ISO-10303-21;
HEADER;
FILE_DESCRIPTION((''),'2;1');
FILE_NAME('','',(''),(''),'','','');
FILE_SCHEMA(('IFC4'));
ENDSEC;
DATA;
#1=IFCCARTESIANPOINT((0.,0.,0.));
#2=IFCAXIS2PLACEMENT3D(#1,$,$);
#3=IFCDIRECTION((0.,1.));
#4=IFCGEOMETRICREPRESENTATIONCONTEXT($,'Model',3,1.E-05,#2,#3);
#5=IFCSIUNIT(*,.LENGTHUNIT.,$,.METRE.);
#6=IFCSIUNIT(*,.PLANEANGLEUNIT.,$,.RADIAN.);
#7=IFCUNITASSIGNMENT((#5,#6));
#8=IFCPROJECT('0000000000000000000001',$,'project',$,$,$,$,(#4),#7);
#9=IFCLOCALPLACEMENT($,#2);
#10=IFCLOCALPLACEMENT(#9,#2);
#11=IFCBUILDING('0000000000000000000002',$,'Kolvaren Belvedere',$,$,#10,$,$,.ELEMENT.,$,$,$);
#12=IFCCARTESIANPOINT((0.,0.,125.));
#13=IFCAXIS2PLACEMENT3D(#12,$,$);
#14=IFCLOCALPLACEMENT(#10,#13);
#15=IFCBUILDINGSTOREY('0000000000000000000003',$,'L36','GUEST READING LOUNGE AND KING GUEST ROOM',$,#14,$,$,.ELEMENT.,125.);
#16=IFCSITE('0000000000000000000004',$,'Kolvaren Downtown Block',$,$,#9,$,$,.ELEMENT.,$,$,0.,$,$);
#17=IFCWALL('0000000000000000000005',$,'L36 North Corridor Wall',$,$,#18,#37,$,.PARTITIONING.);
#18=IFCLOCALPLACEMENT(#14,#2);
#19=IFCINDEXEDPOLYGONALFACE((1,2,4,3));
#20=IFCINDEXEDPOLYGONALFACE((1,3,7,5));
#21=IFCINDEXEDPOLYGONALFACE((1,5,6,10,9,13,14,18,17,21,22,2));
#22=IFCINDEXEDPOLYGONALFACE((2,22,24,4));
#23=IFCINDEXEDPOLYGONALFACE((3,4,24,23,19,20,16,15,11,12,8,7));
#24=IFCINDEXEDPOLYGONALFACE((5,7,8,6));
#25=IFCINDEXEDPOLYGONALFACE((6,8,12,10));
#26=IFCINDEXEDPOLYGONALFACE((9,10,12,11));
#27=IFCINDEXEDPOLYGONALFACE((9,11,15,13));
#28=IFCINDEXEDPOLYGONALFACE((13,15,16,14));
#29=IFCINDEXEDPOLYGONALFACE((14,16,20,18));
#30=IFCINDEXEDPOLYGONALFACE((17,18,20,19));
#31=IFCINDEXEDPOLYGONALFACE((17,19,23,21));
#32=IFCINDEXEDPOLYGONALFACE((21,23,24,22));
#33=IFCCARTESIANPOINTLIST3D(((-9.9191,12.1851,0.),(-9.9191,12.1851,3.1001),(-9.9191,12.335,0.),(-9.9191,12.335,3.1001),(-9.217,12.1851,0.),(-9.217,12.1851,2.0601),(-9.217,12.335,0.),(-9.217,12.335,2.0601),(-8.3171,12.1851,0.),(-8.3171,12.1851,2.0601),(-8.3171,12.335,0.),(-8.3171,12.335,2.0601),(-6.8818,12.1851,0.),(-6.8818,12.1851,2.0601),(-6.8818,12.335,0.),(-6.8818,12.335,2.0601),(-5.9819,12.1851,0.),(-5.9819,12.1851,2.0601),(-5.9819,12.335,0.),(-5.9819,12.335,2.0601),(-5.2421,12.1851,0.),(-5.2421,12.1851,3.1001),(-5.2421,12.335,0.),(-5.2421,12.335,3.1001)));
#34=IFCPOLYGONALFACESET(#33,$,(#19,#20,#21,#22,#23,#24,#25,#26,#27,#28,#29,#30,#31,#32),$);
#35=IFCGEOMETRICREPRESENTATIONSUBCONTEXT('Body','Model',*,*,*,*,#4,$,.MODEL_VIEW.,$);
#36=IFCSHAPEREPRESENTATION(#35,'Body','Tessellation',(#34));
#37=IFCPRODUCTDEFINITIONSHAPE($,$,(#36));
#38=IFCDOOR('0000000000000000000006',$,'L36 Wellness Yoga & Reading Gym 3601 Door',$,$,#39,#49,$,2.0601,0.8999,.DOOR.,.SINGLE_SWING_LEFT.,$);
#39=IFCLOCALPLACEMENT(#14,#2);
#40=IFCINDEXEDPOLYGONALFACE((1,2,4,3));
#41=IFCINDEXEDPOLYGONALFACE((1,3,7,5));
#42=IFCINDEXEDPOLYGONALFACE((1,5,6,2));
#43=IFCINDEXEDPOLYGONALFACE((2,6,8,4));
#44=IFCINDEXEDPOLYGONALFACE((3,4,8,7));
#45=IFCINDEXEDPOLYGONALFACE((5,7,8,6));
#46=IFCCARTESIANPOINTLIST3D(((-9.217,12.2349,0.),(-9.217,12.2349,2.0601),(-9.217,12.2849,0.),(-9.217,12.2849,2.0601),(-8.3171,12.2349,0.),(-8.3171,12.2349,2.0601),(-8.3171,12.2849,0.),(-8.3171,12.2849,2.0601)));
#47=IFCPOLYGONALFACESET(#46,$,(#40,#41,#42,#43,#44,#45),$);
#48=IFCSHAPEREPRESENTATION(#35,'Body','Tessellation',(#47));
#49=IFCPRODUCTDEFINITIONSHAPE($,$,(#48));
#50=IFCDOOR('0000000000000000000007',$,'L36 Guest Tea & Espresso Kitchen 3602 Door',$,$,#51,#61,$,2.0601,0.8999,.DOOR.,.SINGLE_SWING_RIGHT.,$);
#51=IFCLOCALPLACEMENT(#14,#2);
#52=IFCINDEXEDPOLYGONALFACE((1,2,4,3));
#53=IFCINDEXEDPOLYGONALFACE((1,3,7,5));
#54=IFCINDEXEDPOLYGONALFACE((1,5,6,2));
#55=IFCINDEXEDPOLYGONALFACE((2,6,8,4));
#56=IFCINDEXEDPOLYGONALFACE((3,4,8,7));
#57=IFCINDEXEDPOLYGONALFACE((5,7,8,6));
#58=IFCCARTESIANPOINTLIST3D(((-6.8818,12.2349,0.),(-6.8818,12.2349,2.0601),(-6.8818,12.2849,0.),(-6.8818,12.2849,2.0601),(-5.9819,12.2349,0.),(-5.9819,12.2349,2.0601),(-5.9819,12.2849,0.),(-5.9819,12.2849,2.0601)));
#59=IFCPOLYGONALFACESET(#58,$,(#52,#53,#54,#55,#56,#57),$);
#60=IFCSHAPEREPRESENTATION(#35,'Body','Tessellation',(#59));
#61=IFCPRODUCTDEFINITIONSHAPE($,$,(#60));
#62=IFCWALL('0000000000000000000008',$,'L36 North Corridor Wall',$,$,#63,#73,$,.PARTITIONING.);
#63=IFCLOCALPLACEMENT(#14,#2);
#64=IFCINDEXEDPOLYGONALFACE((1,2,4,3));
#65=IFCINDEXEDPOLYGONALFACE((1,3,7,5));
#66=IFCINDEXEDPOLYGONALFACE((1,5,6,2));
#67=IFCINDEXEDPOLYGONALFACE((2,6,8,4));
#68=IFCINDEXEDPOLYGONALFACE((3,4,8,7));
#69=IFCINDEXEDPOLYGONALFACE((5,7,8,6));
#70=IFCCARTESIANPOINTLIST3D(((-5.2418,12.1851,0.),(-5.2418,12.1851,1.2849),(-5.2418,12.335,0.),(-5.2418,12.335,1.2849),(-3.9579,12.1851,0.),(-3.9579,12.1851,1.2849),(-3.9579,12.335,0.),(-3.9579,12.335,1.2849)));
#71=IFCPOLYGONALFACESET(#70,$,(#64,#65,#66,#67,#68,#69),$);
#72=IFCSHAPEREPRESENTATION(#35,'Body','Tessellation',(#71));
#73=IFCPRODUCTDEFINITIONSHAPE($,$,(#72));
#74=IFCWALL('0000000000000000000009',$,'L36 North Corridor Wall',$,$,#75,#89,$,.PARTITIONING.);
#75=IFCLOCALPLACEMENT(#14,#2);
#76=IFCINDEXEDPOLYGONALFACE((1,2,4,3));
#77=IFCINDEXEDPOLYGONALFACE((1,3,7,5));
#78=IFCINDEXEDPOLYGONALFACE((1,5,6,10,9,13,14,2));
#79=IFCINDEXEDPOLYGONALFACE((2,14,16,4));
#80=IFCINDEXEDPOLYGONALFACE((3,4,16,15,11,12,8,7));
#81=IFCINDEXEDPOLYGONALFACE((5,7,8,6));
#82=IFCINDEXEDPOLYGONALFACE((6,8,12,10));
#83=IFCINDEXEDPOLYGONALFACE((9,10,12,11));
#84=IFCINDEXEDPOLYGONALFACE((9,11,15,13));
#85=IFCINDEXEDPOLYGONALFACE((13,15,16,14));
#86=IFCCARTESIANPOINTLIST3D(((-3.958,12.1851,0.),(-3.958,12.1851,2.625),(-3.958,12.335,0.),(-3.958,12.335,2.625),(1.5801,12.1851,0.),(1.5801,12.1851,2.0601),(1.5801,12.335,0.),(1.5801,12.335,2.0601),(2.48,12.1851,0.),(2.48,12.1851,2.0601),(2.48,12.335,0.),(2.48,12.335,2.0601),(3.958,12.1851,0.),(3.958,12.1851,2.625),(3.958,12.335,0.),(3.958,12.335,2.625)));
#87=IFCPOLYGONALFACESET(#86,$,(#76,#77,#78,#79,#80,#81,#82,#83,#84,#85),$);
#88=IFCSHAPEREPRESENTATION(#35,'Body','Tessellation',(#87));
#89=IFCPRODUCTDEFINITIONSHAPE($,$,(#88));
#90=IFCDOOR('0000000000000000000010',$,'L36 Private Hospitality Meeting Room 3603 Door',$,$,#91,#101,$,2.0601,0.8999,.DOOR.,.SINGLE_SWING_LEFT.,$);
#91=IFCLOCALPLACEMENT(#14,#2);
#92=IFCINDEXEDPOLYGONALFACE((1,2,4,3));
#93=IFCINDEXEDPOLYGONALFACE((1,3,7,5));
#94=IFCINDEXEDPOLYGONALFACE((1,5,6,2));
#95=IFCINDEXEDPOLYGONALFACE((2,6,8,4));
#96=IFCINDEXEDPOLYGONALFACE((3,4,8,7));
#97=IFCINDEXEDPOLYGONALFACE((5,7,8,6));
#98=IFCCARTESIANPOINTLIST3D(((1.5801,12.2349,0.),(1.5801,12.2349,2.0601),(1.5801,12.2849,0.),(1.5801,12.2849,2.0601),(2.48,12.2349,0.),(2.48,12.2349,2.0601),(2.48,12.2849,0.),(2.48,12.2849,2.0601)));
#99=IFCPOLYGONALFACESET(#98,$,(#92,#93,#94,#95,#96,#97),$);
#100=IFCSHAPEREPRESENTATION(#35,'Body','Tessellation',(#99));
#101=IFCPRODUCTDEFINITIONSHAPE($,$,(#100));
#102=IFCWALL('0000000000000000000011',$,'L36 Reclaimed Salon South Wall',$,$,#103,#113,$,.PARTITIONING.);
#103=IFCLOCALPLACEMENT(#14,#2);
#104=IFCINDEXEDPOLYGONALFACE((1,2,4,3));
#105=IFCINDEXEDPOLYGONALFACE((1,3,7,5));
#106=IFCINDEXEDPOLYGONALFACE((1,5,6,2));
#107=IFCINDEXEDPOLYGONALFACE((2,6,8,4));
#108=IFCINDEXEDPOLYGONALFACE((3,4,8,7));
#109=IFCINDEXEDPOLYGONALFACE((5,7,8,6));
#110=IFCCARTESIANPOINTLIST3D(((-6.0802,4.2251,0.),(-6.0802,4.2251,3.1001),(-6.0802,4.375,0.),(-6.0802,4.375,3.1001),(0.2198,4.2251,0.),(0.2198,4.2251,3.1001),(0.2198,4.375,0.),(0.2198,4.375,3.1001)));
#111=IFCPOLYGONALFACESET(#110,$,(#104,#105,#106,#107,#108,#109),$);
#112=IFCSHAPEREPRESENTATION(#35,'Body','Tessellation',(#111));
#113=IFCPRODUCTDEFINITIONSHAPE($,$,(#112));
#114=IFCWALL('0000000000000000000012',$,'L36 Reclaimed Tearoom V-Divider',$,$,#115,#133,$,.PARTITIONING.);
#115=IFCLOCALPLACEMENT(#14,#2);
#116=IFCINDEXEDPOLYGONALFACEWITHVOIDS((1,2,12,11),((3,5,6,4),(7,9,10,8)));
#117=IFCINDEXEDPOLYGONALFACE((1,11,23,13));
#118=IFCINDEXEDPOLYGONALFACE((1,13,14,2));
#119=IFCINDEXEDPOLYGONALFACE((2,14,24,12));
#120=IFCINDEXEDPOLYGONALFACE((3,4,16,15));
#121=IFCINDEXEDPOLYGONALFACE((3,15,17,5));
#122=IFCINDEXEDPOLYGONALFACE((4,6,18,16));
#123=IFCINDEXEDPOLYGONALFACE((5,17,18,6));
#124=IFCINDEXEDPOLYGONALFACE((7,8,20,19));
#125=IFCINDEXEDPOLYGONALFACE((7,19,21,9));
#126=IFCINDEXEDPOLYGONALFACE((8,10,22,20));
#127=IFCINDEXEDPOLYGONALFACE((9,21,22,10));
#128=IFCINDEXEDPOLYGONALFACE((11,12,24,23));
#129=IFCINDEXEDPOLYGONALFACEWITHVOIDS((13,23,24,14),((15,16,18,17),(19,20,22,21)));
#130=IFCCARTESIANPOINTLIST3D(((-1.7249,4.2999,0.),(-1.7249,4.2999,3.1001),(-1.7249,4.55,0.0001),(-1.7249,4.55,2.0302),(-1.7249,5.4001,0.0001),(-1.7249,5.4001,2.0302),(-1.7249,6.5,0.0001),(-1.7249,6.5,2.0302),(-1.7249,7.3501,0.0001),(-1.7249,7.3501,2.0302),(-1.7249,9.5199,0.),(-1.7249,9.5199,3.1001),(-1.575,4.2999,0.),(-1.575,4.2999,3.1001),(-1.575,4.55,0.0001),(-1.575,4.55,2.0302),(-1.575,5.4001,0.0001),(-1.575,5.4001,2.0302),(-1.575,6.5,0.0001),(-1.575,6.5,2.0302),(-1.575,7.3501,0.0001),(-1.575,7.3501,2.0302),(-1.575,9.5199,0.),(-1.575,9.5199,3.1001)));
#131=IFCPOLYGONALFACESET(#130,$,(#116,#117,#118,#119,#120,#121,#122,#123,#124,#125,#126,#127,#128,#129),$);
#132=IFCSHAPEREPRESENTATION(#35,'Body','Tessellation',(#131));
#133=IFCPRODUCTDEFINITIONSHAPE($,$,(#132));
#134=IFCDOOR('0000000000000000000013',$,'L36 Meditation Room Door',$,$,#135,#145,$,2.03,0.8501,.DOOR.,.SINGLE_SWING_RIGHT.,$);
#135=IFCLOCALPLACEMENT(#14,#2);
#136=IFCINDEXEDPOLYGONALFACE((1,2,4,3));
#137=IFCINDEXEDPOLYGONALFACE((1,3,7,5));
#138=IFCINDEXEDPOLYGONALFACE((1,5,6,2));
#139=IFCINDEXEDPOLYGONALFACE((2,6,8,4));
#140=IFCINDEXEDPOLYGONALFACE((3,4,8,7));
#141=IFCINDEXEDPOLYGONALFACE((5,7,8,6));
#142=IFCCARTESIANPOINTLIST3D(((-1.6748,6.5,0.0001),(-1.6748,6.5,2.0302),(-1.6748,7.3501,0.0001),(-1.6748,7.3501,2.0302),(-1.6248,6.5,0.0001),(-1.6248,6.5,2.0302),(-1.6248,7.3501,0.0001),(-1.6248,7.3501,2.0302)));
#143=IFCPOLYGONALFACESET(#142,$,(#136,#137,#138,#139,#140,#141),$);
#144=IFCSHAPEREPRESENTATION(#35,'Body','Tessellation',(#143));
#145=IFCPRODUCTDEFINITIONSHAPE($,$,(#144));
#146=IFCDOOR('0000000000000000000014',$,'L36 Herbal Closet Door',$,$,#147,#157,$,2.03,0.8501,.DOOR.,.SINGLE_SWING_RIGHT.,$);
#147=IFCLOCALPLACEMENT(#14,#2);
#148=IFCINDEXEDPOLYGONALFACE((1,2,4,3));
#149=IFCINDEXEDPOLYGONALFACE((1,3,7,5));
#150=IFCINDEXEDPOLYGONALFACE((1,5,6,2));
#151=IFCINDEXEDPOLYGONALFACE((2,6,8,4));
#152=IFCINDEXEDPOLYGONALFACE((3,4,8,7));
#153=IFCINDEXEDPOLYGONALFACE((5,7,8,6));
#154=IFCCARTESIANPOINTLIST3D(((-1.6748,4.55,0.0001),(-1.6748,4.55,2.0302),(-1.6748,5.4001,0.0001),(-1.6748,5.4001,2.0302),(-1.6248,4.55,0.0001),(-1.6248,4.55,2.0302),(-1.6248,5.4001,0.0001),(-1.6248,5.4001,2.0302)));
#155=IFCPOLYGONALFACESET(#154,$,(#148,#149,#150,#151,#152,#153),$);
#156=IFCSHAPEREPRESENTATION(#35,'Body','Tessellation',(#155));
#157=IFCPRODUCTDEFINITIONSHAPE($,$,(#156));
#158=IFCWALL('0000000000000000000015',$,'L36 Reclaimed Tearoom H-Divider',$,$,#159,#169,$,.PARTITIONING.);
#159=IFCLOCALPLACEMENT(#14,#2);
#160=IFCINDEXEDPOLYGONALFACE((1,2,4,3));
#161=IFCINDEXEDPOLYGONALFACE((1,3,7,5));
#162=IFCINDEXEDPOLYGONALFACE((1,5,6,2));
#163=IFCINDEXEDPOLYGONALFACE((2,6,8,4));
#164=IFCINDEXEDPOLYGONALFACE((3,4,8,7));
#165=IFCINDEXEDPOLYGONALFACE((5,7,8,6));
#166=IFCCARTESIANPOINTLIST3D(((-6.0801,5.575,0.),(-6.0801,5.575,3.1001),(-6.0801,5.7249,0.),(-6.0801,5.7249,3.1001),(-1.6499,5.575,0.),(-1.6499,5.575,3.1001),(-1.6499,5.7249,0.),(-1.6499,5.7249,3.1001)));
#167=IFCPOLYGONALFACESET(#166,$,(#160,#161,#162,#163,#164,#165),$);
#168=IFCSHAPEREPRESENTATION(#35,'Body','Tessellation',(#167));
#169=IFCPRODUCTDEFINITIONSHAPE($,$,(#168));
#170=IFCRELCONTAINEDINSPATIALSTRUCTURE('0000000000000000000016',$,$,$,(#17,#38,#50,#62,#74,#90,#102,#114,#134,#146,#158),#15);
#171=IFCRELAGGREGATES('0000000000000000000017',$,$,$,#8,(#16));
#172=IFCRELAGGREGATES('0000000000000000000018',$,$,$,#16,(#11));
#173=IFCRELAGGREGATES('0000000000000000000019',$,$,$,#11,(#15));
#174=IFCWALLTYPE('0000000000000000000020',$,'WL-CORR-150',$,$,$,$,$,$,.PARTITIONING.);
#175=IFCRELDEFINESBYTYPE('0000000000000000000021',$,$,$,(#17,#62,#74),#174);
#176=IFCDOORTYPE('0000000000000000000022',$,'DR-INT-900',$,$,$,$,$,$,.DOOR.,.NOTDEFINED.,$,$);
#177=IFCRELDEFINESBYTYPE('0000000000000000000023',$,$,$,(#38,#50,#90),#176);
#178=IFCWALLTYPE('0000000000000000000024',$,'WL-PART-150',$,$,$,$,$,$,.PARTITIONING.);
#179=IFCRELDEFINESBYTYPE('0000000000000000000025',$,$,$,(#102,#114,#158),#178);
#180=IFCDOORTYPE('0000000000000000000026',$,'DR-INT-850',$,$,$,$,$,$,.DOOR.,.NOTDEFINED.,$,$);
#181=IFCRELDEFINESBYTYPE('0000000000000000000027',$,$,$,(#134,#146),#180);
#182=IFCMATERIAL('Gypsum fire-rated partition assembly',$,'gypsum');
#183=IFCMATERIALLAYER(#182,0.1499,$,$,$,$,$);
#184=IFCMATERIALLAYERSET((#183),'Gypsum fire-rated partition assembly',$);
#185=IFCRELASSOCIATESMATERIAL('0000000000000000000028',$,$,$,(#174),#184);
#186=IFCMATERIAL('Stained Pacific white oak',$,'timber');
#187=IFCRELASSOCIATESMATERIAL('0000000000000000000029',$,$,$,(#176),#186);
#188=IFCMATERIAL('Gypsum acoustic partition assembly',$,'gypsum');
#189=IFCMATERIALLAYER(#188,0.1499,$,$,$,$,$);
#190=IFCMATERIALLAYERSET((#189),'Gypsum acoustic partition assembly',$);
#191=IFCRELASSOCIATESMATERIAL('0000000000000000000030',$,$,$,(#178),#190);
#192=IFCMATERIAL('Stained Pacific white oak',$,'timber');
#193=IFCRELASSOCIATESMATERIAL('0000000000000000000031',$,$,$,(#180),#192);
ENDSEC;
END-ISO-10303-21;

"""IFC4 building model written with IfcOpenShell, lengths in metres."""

from ifc_helpers import new_model, si_unit, direction, frame, frame_2d, origin, place, context, subcontext, project, spatial, rectangle, extrude, material, layer, layer_set, type_object, element, fill, save


model = new_model("IFC4")

# Units and contexts
model_context = context("Model", 3, precision=1e-05, world=origin(), true_north=direction((0.0, 1.0)))
body_context = subcontext(model_context, "Body", "Model", "MODEL_VIEW")
ifc_project = project(units=[si_unit("LENGTHUNIT", "METRE"), si_unit("PLANEANGLEUNIT", "RADIAN")], contexts=[model_context])

# Site, building, storey
site_placement = place(None, origin())
site = spatial("IfcSite", under=ifc_project, at=site_placement, Name="Kolvaren Downtown Block", CompositionType="ELEMENT", RefElevation=0.0)
building_placement = place(site_placement, origin())
building = spatial("IfcBuilding", under=site, at=building_placement, Name="Kolvaren Belvedere", CompositionType="ELEMENT")
storey_placement = place(building_placement, frame((0.0, 0.0, 125.0)))
storey = spatial("IfcBuildingStorey", under=building, at=storey_placement, Name="L36", Description="GUEST READING LOUNGE AND KING GUEST ROOM", CompositionType="ELEMENT", Elevation=125.0)

# Wall, openings, doors
ifc_material_1 = material(Name="Gypsum fire-rated partition assembly", Category="gypsum")
ifc_layer_1 = layer(ifc_material_1, 0.1499)
ifc_layer_set_1 = layer_set([ifc_layer_1], Name="Gypsum fire-rated partition assembly")
wall_type_1 = type_object("IfcWallType", Name="WL-CORR-150", PredefinedType="PARTITIONING", material=ifc_layer_set_1)
wall_1_placement = place(storey_placement, frame((-9.9189, 12.26, 0.0), z_axis=(0.0, 0.0, 1.0), x_axis=(1.0, 0.0, 0.0)))
wall_1 = element("IfcWall", 1, at=wall_1_placement, inside=storey, type_object=wall_type_1, Name="L36 North Corridor Wall", PredefinedType="PARTITIONING", context=body_context, shape_type="SweptSolid", body=[
    extrude(rectangle(XDim=4.677, YDim=0.1499, at=frame_2d((2.3384, 0.0))), origin(), (0.0, 0.0, 1.0), 3.1001),
])
opening_1_placement = place(wall_1_placement, frame((0.7019, 0.0, 0.0)))
opening_1 = element("IfcOpeningElement", 2, at=opening_1_placement, cuts=wall_1, PredefinedType="OPENING", context=body_context, shape_type="SweptSolid", body=[
    extrude(rectangle(XDim=0.8999, YDim=2.0601, at=frame_2d((0.45, 1.03))), frame((0.0, 0.085, 0.0), z_axis=(0.0, -1.0, 0.0), x_axis=(1.0, 0.0, 0.0)), (0.0, 0.0, 1.0), 0.1699),
])
opening_2_placement = place(wall_1_placement, frame((3.0371, 0.0, 0.0)))
opening_2 = element("IfcOpeningElement", 3, at=opening_2_placement, cuts=wall_1, PredefinedType="OPENING", context=body_context, shape_type="SweptSolid", body=[
    extrude(rectangle(XDim=0.8999, YDim=2.0601, at=frame_2d((0.45, 1.03))), frame((0.0, 0.085, 0.0), z_axis=(0.0, -1.0, 0.0), x_axis=(1.0, 0.0, 0.0)), (0.0, 0.0, 1.0), 0.1699),
])
ifc_material_2 = material(Name="Stained Pacific white oak", Category="timber")
door_type_1 = type_object("IfcDoorType", Name="DR-INT-900", OperationType="NOTDEFINED", PredefinedType="DOOR", material=ifc_material_2)
door_1_placement = place(opening_1_placement, origin())
door_1 = element("IfcDoor", 4, at=door_1_placement, inside=storey, type_object=door_type_1, Name="L36 Wellness Yoga & Reading Gym 3601 Door", OperationType="SINGLE_SWING_LEFT", OverallHeight=2.0601, OverallWidth=0.8999, PredefinedType="DOOR", context=body_context, shape_type="SweptSolid", body=[
    extrude(rectangle(XDim=0.8999, YDim=2.0601, at=frame_2d((0.45, 1.03))), frame((0.0, 0.0249, 0.0), z_axis=(0.0, -1.0, 0.0), x_axis=(1.0, 0.0, 0.0)), (0.0, 0.0, 1.0), 0.05),
])
fill(opening_1, door_1)
door_2_placement = place(opening_2_placement, origin())
door_2 = element("IfcDoor", 5, at=door_2_placement, inside=storey, type_object=door_type_1, Name="L36 Guest Tea & Espresso Kitchen 3602 Door", OperationType="SINGLE_SWING_RIGHT", OverallHeight=2.0601, OverallWidth=0.8999, PredefinedType="DOOR", context=body_context, shape_type="SweptSolid", body=[
    extrude(rectangle(XDim=0.8999, YDim=2.0601, at=frame_2d((0.45, 1.03))), frame((0.0, 0.0249, 0.0), z_axis=(0.0, -1.0, 0.0), x_axis=(1.0, 0.0, 0.0)), (0.0, 0.0, 1.0), 0.05),
])
fill(opening_2, door_2)

# Wall
wall_2_placement = place(storey_placement, frame((-5.2419, 12.26, 0.0), z_axis=(0.0, 0.0, 1.0), x_axis=(1.0, 0.0, 0.0)))
element("IfcWall", 6, at=wall_2_placement, inside=storey, type_object=wall_type_1, Name="L36 North Corridor Wall", PredefinedType="PARTITIONING", context=body_context, shape_type="SweptSolid", body=[
    extrude(rectangle(XDim=1.2839, YDim=0.1499, at=frame_2d((0.6421, 0.0))), origin(), (0.0, 0.0, 1.0), 1.2849),
])

# Wall, opening, door
wall_3_placement = place(storey_placement, frame((-3.958, 12.26, 0.0), z_axis=(0.0, 0.0, 1.0), x_axis=(1.0, 0.0, 0.0)))
wall_3 = element("IfcWall", 7, at=wall_3_placement, inside=storey, type_object=wall_type_1, Name="L36 North Corridor Wall", PredefinedType="PARTITIONING", context=body_context, shape_type="SweptSolid", body=[
    extrude(rectangle(XDim=7.916, YDim=0.1499, at=frame_2d((3.958, 0.0))), origin(), (0.0, 0.0, 1.0), 2.625),
])
opening_3_placement = place(wall_3_placement, frame((5.5381, 0.0, 0.0)))
opening_3 = element("IfcOpeningElement", 8, at=opening_3_placement, cuts=wall_3, PredefinedType="OPENING", context=body_context, shape_type="SweptSolid", body=[
    extrude(rectangle(XDim=0.8999, YDim=2.0601, at=frame_2d((0.45, 1.03))), frame((0.0, 0.085, 0.0), z_axis=(0.0, -1.0, 0.0), x_axis=(1.0, 0.0, 0.0)), (0.0, 0.0, 1.0), 0.1699),
])
door_3_placement = place(opening_3_placement, origin())
door_3 = element("IfcDoor", 9, at=door_3_placement, inside=storey, type_object=door_type_1, Name="L36 Private Hospitality Meeting Room 3603 Door", OperationType="SINGLE_SWING_LEFT", OverallHeight=2.0601, OverallWidth=0.8999, PredefinedType="DOOR", context=body_context, shape_type="SweptSolid", body=[
    extrude(rectangle(XDim=0.8999, YDim=2.0601, at=frame_2d((0.45, 1.03))), frame((0.0, 0.0249, 0.0), z_axis=(0.0, -1.0, 0.0), x_axis=(1.0, 0.0, 0.0)), (0.0, 0.0, 1.0), 0.05),
])
fill(opening_3, door_3)

# Wall
ifc_material_3 = material(Name="Gypsum acoustic partition assembly", Category="gypsum")
ifc_layer_2 = layer(ifc_material_3, 0.1499)
ifc_layer_set_2 = layer_set([ifc_layer_2], Name="Gypsum acoustic partition assembly")
wall_type_2 = type_object("IfcWallType", Name="WL-PART-150", PredefinedType="PARTITIONING", material=ifc_layer_set_2)
wall_4_placement = place(storey_placement, frame((-6.0801, 4.3, 0.0), z_axis=(0.0, 0.0, 1.0), x_axis=(1.0, 0.0, 0.0)))
element("IfcWall", 10, at=wall_4_placement, inside=storey, type_object=wall_type_2, Name="L36 Reclaimed Salon South Wall", PredefinedType="PARTITIONING", context=body_context, shape_type="SweptSolid", body=[
    extrude(rectangle(XDim=6.3, YDim=0.1499, at=frame_2d((3.1499, 0.0))), origin(), (0.0, 0.0, 1.0), 3.1001),
])

# Wall, openings, doors
wall_5_placement = place(storey_placement, frame((-1.6499, 4.3, 0.0), z_axis=(0.0, 0.0, 1.0), x_axis=(0.0, 1.0, 0.0)))
wall_5 = element("IfcWall", 11, at=wall_5_placement, inside=storey, type_object=wall_type_2, Name="L36 Reclaimed Tearoom V-Divider", PredefinedType="PARTITIONING", context=body_context, shape_type="SweptSolid", body=[
    extrude(rectangle(XDim=5.22, YDim=0.1499, at=frame_2d((2.6099, 0.0))), origin(), (0.0, 0.0, 1.0), 3.1001),
])
opening_4_placement = place(wall_5_placement, frame((2.2, 0.0, 0.0)))
opening_4 = element("IfcOpeningElement", 12, at=opening_4_placement, cuts=wall_5, PredefinedType="OPENING", context=body_context, shape_type="SweptSolid", body=[
    extrude(rectangle(XDim=0.8501, YDim=2.03, at=frame_2d((0.425, 1.0151))), frame((0.0, 0.085, 0.0), z_axis=(0.0, -1.0, 0.0), x_axis=(1.0, 0.0, 0.0)), (0.0, 0.0, 1.0), 0.1699),
])
opening_5_placement = place(wall_5_placement, frame((0.25, 0.0, 0.0)))
opening_5 = element("IfcOpeningElement", 13, at=opening_5_placement, cuts=wall_5, PredefinedType="OPENING", context=body_context, shape_type="SweptSolid", body=[
    extrude(rectangle(XDim=0.8501, YDim=2.03, at=frame_2d((0.425, 1.0151))), frame((0.0, 0.085, 0.0), z_axis=(0.0, -1.0, 0.0), x_axis=(1.0, 0.0, 0.0)), (0.0, 0.0, 1.0), 0.1699),
])
ifc_material_4 = material(Name="Stained Pacific white oak", Category="timber")
door_type_2 = type_object("IfcDoorType", Name="DR-INT-850", OperationType="NOTDEFINED", PredefinedType="DOOR", material=ifc_material_4)
door_4_placement = place(opening_4_placement, origin())
door_4 = element("IfcDoor", 14, at=door_4_placement, inside=storey, type_object=door_type_2, Name="L36 Meditation Room Door", OperationType="SINGLE_SWING_RIGHT", OverallHeight=2.03, OverallWidth=0.8501, PredefinedType="DOOR", context=body_context, shape_type="SweptSolid", body=[
    extrude(rectangle(XDim=0.8501, YDim=2.03, at=frame_2d((0.425, 1.0151))), frame((0.0, 0.0249, 0.0), z_axis=(0.0, -1.0, 0.0), x_axis=(1.0, 0.0, 0.0)), (0.0, 0.0, 1.0), 0.05),
])
fill(opening_4, door_4)
door_5_placement = place(opening_5_placement, origin())
door_5 = element("IfcDoor", 15, at=door_5_placement, inside=storey, type_object=door_type_2, Name="L36 Herbal Closet Door", OperationType="SINGLE_SWING_RIGHT", OverallHeight=2.03, OverallWidth=0.8501, PredefinedType="DOOR", context=body_context, shape_type="SweptSolid", body=[
    extrude(rectangle(XDim=0.8501, YDim=2.03, at=frame_2d((0.425, 1.0151))), frame((0.0, 0.0249, 0.0), z_axis=(0.0, -1.0, 0.0), x_axis=(1.0, 0.0, 0.0)), (0.0, 0.0, 1.0), 0.05),
])
fill(opening_5, door_5)

# Wall
wall_6_placement = place(storey_placement, frame((-6.0801, 5.6499, 0.0), z_axis=(0.0, 0.0, 1.0), x_axis=(1.0, 0.0, 0.0)))
element("IfcWall", 16, at=wall_6_placement, inside=storey, type_object=wall_type_2, Name="L36 Reclaimed Tearoom H-Divider", PredefinedType="PARTITIONING", context=body_context, shape_type="SweptSolid", body=[
    extrude(rectangle(XDim=4.4302, YDim=0.1499, at=frame_2d((2.2151, 0.0))), origin(), (0.0, 0.0, 1.0), 3.1001),
])

save(model, "model.ifc")
